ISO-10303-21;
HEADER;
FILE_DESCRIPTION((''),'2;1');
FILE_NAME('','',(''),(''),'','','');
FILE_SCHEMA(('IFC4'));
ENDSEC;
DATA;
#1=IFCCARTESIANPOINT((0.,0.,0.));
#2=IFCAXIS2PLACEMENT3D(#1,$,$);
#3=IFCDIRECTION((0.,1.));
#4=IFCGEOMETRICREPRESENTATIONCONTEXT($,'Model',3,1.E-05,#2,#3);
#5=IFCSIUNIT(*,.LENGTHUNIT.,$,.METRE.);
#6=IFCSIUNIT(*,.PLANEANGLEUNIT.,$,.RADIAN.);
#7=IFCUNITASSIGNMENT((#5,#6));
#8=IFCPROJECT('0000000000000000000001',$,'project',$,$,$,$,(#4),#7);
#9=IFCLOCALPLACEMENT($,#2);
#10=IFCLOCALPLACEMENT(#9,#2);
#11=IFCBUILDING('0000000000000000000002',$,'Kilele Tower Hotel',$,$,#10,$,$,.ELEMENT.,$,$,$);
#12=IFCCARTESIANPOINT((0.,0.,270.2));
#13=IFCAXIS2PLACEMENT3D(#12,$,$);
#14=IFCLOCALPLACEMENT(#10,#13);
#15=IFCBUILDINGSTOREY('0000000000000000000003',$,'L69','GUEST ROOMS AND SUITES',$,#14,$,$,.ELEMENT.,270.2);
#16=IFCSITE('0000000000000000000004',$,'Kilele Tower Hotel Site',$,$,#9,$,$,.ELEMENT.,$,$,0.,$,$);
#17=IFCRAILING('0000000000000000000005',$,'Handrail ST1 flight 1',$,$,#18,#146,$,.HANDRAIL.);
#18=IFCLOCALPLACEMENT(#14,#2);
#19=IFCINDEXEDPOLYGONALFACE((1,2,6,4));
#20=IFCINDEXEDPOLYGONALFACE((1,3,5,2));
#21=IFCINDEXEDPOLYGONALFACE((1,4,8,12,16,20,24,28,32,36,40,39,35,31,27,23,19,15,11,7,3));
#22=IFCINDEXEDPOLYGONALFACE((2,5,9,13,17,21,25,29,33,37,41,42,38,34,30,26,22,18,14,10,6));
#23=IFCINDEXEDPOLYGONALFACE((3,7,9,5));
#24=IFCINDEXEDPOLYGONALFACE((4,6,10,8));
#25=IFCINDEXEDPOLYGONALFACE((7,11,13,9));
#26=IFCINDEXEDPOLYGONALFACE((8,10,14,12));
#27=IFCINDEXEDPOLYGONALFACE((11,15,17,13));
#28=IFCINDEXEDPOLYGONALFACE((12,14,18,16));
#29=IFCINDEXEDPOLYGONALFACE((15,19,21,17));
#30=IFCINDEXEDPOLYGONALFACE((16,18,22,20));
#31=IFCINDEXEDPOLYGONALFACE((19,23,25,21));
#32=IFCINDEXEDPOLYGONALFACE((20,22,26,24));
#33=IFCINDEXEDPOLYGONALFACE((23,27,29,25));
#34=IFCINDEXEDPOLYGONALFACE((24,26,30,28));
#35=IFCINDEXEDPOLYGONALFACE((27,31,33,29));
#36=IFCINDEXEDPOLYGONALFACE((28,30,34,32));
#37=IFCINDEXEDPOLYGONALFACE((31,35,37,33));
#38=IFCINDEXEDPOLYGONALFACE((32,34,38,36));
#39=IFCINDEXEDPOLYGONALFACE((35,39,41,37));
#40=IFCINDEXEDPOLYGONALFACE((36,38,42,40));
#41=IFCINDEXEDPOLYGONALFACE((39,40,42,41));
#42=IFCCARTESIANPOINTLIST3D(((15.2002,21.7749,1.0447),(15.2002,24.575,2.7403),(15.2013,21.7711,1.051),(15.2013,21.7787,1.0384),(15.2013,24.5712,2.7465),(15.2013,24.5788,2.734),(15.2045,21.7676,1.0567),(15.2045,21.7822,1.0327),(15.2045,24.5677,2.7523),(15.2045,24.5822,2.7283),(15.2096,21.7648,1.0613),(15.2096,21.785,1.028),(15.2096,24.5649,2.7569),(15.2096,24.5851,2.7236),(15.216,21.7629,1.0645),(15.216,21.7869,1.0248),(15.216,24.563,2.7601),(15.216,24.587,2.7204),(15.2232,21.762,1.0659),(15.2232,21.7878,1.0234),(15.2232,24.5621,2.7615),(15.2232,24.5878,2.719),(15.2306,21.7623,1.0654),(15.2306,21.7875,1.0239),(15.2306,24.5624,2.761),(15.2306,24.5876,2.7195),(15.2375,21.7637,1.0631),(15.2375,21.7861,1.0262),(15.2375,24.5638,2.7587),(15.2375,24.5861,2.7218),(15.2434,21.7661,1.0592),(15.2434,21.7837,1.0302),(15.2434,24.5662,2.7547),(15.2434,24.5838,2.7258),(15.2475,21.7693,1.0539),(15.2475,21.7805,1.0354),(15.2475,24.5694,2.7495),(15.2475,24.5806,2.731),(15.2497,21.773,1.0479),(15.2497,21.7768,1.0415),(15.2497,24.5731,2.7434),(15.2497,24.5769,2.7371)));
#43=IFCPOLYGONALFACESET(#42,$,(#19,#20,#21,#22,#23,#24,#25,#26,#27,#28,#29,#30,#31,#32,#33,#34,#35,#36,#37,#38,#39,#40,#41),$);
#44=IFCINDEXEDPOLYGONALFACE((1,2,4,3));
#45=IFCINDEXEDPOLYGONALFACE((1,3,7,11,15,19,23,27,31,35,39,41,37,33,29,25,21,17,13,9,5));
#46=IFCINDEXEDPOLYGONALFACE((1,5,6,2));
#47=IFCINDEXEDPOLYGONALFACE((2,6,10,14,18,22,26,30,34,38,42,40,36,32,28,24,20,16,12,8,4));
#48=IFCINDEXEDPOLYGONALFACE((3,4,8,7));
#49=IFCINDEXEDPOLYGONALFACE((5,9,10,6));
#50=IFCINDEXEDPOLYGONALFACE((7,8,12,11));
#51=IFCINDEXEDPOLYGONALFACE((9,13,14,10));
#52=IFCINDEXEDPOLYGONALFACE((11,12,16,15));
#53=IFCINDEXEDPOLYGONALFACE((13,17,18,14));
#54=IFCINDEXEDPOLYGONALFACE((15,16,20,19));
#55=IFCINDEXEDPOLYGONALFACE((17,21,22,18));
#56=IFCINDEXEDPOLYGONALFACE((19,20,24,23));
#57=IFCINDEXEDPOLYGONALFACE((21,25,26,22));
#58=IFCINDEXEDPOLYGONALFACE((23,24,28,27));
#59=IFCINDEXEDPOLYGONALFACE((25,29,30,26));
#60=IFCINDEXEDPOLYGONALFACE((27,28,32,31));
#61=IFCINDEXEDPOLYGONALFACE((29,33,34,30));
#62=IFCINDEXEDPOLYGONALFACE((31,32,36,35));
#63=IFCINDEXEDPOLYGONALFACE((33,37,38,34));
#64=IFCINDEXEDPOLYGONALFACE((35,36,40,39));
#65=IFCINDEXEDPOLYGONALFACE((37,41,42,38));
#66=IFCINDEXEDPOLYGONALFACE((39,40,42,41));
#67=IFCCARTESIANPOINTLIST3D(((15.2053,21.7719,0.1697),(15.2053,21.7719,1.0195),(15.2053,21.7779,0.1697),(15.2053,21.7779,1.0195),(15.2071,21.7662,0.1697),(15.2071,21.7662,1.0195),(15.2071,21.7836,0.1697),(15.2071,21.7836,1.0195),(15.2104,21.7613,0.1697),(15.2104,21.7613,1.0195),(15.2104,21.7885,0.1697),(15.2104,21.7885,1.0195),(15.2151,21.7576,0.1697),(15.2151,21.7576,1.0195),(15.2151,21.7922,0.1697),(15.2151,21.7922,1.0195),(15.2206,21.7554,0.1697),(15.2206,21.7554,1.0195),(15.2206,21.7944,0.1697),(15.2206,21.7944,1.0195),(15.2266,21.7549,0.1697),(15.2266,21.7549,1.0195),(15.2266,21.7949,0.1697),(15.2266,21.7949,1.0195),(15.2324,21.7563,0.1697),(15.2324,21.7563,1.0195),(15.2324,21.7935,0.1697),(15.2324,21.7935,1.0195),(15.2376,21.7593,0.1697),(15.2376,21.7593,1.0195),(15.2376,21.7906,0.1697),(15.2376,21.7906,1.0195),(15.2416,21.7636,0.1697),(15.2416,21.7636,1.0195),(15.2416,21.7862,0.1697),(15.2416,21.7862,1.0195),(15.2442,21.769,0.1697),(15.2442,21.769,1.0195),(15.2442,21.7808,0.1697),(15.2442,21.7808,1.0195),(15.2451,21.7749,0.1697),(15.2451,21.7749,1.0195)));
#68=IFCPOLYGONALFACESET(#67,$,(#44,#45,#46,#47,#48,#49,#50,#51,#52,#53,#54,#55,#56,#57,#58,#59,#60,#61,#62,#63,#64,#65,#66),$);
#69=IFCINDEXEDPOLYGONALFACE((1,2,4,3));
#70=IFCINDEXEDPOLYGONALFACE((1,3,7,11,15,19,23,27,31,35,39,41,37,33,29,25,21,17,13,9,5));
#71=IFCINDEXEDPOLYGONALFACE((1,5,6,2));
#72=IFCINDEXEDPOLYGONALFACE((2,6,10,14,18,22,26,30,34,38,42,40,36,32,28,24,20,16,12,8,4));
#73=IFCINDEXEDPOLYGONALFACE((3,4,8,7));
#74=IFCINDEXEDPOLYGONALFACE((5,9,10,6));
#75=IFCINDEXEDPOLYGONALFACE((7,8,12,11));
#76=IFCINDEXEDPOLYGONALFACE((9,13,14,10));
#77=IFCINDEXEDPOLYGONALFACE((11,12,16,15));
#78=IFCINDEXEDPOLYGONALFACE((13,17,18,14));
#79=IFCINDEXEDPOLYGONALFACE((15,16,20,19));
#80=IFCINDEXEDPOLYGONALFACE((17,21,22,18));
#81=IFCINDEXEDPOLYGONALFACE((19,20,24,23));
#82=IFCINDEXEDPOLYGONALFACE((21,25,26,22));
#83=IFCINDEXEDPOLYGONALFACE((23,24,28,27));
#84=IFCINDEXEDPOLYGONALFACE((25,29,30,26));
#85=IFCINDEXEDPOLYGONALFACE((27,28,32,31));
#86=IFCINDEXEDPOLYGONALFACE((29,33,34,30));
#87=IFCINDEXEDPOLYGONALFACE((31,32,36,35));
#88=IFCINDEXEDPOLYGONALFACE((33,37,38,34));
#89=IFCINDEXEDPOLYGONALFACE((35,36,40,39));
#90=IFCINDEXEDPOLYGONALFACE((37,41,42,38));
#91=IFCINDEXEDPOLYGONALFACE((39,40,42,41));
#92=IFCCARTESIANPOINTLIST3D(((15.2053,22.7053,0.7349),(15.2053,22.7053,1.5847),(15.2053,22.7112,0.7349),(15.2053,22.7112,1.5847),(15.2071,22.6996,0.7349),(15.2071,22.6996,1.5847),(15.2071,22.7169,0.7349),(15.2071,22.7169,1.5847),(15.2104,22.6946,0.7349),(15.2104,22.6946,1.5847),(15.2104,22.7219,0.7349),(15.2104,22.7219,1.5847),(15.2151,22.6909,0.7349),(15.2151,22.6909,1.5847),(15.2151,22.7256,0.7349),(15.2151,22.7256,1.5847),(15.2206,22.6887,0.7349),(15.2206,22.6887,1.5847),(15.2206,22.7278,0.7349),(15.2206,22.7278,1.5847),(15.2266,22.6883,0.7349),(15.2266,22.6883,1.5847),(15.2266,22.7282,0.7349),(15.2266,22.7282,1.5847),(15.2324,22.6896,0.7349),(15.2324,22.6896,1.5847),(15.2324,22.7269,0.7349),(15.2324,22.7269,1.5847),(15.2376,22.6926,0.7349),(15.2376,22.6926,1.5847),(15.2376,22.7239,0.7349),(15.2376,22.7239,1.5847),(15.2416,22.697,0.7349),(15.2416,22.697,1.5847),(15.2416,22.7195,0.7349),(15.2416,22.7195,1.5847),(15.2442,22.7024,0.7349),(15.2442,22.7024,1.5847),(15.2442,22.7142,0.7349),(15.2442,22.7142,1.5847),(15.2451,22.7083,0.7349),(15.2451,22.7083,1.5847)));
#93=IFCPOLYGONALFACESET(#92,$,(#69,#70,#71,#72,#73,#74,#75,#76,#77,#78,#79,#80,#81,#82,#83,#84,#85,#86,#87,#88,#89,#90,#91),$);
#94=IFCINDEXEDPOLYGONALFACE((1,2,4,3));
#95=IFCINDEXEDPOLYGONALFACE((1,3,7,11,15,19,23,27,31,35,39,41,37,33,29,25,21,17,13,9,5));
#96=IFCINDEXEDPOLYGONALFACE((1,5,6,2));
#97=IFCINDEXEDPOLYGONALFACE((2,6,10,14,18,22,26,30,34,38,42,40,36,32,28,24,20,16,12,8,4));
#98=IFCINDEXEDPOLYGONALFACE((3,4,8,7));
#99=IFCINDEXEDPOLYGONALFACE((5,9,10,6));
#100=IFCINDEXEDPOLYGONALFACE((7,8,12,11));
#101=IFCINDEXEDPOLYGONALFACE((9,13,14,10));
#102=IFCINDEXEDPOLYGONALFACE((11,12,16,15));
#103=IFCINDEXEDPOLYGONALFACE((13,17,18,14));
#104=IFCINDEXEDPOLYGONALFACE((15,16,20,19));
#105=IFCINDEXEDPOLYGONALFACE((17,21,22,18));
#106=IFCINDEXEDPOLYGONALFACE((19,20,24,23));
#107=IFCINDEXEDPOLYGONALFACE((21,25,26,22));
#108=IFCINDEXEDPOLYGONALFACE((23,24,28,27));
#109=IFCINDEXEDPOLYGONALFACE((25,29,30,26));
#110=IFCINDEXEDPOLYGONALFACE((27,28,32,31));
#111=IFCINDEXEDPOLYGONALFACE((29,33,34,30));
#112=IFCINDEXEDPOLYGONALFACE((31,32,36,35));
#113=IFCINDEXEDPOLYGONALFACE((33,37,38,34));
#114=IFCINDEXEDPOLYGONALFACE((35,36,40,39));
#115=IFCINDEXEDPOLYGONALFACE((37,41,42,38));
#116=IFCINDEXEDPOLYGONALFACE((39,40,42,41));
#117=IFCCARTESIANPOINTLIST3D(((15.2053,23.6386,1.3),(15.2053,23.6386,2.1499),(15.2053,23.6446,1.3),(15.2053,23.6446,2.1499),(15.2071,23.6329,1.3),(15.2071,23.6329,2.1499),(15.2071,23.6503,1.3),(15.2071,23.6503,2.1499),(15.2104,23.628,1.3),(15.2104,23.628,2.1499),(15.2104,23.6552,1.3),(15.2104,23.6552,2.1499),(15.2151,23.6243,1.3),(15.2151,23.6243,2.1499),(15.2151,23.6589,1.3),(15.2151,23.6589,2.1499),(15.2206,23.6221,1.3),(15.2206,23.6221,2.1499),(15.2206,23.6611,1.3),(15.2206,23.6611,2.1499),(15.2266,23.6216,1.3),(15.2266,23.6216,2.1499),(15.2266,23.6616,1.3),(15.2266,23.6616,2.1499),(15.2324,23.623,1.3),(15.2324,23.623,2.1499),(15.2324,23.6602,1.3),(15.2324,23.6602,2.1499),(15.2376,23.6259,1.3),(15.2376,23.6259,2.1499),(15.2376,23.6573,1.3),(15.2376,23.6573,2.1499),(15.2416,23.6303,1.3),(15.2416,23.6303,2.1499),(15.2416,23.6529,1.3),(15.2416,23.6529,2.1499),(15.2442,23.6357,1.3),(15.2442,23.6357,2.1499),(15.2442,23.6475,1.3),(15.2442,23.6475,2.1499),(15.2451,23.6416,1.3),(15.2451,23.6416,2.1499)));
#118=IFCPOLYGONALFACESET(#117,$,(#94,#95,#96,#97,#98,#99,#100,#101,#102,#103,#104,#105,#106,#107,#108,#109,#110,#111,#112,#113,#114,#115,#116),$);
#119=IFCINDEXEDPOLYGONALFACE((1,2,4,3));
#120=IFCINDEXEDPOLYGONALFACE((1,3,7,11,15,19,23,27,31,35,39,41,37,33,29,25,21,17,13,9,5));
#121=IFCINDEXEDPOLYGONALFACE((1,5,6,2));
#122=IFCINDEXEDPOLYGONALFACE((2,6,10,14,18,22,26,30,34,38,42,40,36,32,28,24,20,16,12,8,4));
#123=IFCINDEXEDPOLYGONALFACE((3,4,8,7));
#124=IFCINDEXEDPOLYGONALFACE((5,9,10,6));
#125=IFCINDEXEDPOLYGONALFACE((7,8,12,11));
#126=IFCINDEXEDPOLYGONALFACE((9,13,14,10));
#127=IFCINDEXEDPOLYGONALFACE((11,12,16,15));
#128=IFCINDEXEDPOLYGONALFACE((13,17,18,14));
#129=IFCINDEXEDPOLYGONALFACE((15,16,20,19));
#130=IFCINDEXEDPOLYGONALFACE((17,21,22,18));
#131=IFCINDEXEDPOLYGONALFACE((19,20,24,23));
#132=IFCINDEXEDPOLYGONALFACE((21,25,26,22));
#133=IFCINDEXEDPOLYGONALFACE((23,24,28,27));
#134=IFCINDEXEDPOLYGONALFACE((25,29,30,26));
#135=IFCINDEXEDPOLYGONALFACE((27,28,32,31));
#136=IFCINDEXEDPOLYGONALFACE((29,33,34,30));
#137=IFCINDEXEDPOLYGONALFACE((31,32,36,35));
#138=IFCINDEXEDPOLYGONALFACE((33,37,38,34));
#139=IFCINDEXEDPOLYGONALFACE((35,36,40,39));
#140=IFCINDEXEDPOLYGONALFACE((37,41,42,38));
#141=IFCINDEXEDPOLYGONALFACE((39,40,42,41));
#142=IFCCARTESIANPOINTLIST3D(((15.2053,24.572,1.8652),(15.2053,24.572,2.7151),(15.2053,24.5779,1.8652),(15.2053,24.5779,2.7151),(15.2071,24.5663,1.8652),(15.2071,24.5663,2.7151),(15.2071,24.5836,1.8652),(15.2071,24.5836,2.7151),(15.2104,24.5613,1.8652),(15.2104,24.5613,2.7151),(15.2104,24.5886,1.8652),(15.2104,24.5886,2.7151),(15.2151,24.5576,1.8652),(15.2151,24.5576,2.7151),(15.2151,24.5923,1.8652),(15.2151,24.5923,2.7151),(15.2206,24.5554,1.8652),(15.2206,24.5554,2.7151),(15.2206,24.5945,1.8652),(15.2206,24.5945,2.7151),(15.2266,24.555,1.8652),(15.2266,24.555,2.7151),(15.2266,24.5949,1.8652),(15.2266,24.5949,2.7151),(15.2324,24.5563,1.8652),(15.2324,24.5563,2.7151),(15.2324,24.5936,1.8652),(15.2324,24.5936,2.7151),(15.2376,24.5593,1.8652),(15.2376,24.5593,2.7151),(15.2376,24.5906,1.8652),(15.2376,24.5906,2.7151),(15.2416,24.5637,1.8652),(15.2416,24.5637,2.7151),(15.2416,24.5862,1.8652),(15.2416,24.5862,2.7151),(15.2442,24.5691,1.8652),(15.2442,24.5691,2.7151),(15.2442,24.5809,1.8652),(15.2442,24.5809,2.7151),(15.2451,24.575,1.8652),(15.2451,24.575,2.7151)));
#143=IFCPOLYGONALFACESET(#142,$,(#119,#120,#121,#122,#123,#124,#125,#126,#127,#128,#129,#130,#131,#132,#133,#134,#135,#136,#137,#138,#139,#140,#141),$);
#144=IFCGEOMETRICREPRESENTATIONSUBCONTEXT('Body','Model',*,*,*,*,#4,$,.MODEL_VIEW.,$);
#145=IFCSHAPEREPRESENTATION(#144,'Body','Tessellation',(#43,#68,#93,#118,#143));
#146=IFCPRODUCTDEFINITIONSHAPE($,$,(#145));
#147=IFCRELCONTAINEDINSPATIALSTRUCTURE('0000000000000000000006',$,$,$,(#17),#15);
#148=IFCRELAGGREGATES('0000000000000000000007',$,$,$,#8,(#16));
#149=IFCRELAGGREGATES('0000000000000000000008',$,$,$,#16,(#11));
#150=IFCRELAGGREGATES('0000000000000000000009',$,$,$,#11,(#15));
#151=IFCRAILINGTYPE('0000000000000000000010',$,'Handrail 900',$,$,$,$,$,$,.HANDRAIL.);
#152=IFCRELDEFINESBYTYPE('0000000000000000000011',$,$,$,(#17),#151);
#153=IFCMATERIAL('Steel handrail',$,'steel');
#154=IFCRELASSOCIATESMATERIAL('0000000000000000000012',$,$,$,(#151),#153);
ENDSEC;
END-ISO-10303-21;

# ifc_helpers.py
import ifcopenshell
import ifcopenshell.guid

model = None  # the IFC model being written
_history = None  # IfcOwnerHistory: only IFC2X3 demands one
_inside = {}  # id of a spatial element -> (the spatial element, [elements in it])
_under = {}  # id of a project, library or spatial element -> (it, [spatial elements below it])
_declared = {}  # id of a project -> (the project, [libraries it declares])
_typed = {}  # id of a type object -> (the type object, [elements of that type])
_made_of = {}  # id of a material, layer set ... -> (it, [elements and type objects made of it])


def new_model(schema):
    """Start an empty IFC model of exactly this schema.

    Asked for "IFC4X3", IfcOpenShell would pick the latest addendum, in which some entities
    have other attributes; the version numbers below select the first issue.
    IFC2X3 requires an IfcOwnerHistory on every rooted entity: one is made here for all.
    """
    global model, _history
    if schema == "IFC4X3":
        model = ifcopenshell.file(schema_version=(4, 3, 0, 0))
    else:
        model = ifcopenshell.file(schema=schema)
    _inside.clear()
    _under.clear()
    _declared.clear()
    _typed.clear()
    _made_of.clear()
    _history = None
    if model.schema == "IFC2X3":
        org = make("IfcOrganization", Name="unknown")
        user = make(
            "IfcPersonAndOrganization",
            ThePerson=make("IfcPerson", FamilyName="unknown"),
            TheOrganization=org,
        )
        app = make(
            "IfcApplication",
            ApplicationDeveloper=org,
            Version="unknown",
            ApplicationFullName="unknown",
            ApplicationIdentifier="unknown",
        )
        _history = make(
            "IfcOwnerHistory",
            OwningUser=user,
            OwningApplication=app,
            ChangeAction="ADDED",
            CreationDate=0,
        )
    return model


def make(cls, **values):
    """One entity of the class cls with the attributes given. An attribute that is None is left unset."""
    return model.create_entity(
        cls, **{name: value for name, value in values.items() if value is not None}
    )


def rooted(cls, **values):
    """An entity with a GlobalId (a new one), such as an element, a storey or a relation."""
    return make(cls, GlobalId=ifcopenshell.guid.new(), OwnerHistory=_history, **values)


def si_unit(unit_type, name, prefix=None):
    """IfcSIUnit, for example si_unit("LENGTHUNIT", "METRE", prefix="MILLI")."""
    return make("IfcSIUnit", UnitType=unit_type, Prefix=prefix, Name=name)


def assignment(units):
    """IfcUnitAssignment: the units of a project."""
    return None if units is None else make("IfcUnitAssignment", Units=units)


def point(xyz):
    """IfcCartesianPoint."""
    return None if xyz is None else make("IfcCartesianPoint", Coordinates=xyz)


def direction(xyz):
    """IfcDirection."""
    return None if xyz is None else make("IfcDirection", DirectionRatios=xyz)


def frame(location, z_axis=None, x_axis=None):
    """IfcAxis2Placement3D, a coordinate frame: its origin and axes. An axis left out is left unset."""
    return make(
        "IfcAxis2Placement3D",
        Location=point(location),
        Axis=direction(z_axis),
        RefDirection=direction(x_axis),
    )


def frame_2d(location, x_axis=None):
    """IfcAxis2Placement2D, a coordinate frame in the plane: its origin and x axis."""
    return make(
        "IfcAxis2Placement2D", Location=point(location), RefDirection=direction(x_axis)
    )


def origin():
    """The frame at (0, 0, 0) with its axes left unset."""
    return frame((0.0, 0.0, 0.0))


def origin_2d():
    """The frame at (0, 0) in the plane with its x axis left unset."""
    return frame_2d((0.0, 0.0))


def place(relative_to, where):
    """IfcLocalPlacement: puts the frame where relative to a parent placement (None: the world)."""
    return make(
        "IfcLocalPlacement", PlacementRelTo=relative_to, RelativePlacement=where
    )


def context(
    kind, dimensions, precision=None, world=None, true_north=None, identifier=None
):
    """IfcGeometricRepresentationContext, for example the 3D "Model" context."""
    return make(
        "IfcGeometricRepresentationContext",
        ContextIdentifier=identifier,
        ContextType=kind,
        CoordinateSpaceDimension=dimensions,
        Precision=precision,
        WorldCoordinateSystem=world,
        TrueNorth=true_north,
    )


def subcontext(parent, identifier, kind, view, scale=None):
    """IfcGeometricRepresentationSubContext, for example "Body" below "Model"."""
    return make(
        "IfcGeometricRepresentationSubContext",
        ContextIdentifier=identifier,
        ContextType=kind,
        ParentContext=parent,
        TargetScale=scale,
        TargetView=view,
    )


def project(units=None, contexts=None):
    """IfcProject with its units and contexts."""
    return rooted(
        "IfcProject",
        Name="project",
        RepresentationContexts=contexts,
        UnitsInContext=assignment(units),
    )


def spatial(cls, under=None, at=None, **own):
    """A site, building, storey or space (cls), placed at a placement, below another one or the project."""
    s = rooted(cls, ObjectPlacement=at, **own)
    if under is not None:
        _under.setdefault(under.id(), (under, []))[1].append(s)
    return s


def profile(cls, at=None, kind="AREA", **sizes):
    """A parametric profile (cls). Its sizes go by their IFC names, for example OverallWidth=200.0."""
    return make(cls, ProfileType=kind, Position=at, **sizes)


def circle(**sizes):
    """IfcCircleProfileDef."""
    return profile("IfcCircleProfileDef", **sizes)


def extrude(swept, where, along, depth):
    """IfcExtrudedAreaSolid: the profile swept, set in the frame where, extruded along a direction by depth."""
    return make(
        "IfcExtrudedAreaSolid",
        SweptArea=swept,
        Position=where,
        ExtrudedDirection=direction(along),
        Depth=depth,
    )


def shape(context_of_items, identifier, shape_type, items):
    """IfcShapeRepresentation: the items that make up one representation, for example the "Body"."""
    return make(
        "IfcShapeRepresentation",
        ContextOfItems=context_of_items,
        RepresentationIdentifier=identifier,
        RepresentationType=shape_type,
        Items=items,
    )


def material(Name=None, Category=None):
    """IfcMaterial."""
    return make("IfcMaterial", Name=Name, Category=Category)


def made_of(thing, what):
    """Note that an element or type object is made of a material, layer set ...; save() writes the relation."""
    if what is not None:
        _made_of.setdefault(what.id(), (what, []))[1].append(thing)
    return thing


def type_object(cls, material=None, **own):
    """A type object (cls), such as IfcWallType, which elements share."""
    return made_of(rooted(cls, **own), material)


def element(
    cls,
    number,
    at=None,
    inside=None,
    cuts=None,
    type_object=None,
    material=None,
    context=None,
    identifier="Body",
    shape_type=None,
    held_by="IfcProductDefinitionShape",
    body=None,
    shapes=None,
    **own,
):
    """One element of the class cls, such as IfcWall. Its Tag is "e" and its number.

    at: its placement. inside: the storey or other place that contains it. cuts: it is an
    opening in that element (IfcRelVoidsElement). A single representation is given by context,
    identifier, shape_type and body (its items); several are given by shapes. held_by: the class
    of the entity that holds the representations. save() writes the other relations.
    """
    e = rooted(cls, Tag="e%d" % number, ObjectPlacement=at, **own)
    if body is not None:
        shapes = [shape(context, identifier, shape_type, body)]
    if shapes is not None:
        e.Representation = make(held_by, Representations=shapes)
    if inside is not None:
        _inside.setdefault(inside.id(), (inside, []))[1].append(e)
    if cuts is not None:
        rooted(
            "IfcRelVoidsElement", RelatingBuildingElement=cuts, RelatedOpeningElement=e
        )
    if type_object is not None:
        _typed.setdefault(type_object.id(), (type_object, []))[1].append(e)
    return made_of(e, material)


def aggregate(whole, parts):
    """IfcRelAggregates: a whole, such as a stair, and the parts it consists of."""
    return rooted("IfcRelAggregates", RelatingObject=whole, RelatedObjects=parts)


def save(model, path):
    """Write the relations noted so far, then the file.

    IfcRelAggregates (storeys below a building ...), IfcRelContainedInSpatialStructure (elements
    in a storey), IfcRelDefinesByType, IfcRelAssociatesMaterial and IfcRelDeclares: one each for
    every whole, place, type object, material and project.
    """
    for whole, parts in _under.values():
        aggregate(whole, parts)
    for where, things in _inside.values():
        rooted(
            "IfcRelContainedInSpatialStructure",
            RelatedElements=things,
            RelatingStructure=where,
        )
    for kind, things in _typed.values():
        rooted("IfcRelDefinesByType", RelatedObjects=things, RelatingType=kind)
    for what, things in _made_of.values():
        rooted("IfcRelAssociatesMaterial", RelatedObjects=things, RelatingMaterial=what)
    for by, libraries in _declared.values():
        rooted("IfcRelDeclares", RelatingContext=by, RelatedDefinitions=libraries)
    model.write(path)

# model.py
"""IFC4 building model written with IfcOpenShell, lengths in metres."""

from ifc_helpers import new_model, si_unit, direction, frame, origin, origin_2d, place, context, subcontext, project, spatial, circle, extrude, material, type_object, element, save


model = new_model("IFC4")

# Units and contexts
model_context = context("Model", 3, precision=1e-05, world=origin(), true_north=direction((0.0, 1.0)))
body_context = subcontext(model_context, "Body", "Model", "MODEL_VIEW")
ifc_project = project(units=[si_unit("LENGTHUNIT", "METRE"), si_unit("PLANEANGLEUNIT", "RADIAN")], contexts=[model_context])

# Site, building, storey
site_placement = place(None, origin())
site = spatial("IfcSite", under=ifc_project, at=site_placement, Name="Kilele Tower Hotel Site", CompositionType="ELEMENT", RefElevation=0.0)
building_placement = place(site_placement, origin())
building = spatial("IfcBuilding", under=site, at=building_placement, Name="Kilele Tower Hotel", CompositionType="ELEMENT")
storey_placement = place(building_placement, frame((0.0, 0.0, 270.2)))
storey = spatial("IfcBuildingStorey", under=building, at=storey_placement, Name="L69", Description="GUEST ROOMS AND SUITES", CompositionType="ELEMENT", Elevation=270.2)

# Railing
ifc_material_1 = material(Name="Steel handrail", Category="steel")
railing_type_1 = type_object("IfcRailingType", Name="Handrail 900", PredefinedType="HANDRAIL", material=ifc_material_1)
railing_1_placement = place(storey_placement, frame((15.2251, 21.7749, 0.1697)))
element("IfcRailing", 1, at=railing_1_placement, inside=storey, type_object=railing_type_1, Name="Handrail ST1 flight 1", PredefinedType="HANDRAIL", context=body_context, shape_type="SweptSolid", body=[
    extrude(circle(Radius=0.0249, at=origin_2d()), frame((0.0, 0.0, 0.875), z_axis=(0.0, 0.855393, 0.517979), x_axis=(-1.0, 0.0, 0.0)), (0.0, 0.0, 1.0), 3.2734),
    extrude(circle(Radius=0.02, at=origin_2d()), origin(), (0.0, 0.0, 1.0), 0.8499),
    extrude(circle(Radius=0.02, at=origin_2d()), frame((0.0, 0.9333, 0.5652)), (0.0, 0.0, 1.0), 0.8499),
    extrude(circle(Radius=0.02, at=origin_2d()), frame((0.0, 1.8667, 1.1304)), (0.0, 0.0, 1.0), 0.8499),
    extrude(circle(Radius=0.02, at=origin_2d()), frame((0.0, 2.8, 1.6956)), (0.0, 0.0, 1.0), 0.8499),
])

save(model, "model.ifc")
